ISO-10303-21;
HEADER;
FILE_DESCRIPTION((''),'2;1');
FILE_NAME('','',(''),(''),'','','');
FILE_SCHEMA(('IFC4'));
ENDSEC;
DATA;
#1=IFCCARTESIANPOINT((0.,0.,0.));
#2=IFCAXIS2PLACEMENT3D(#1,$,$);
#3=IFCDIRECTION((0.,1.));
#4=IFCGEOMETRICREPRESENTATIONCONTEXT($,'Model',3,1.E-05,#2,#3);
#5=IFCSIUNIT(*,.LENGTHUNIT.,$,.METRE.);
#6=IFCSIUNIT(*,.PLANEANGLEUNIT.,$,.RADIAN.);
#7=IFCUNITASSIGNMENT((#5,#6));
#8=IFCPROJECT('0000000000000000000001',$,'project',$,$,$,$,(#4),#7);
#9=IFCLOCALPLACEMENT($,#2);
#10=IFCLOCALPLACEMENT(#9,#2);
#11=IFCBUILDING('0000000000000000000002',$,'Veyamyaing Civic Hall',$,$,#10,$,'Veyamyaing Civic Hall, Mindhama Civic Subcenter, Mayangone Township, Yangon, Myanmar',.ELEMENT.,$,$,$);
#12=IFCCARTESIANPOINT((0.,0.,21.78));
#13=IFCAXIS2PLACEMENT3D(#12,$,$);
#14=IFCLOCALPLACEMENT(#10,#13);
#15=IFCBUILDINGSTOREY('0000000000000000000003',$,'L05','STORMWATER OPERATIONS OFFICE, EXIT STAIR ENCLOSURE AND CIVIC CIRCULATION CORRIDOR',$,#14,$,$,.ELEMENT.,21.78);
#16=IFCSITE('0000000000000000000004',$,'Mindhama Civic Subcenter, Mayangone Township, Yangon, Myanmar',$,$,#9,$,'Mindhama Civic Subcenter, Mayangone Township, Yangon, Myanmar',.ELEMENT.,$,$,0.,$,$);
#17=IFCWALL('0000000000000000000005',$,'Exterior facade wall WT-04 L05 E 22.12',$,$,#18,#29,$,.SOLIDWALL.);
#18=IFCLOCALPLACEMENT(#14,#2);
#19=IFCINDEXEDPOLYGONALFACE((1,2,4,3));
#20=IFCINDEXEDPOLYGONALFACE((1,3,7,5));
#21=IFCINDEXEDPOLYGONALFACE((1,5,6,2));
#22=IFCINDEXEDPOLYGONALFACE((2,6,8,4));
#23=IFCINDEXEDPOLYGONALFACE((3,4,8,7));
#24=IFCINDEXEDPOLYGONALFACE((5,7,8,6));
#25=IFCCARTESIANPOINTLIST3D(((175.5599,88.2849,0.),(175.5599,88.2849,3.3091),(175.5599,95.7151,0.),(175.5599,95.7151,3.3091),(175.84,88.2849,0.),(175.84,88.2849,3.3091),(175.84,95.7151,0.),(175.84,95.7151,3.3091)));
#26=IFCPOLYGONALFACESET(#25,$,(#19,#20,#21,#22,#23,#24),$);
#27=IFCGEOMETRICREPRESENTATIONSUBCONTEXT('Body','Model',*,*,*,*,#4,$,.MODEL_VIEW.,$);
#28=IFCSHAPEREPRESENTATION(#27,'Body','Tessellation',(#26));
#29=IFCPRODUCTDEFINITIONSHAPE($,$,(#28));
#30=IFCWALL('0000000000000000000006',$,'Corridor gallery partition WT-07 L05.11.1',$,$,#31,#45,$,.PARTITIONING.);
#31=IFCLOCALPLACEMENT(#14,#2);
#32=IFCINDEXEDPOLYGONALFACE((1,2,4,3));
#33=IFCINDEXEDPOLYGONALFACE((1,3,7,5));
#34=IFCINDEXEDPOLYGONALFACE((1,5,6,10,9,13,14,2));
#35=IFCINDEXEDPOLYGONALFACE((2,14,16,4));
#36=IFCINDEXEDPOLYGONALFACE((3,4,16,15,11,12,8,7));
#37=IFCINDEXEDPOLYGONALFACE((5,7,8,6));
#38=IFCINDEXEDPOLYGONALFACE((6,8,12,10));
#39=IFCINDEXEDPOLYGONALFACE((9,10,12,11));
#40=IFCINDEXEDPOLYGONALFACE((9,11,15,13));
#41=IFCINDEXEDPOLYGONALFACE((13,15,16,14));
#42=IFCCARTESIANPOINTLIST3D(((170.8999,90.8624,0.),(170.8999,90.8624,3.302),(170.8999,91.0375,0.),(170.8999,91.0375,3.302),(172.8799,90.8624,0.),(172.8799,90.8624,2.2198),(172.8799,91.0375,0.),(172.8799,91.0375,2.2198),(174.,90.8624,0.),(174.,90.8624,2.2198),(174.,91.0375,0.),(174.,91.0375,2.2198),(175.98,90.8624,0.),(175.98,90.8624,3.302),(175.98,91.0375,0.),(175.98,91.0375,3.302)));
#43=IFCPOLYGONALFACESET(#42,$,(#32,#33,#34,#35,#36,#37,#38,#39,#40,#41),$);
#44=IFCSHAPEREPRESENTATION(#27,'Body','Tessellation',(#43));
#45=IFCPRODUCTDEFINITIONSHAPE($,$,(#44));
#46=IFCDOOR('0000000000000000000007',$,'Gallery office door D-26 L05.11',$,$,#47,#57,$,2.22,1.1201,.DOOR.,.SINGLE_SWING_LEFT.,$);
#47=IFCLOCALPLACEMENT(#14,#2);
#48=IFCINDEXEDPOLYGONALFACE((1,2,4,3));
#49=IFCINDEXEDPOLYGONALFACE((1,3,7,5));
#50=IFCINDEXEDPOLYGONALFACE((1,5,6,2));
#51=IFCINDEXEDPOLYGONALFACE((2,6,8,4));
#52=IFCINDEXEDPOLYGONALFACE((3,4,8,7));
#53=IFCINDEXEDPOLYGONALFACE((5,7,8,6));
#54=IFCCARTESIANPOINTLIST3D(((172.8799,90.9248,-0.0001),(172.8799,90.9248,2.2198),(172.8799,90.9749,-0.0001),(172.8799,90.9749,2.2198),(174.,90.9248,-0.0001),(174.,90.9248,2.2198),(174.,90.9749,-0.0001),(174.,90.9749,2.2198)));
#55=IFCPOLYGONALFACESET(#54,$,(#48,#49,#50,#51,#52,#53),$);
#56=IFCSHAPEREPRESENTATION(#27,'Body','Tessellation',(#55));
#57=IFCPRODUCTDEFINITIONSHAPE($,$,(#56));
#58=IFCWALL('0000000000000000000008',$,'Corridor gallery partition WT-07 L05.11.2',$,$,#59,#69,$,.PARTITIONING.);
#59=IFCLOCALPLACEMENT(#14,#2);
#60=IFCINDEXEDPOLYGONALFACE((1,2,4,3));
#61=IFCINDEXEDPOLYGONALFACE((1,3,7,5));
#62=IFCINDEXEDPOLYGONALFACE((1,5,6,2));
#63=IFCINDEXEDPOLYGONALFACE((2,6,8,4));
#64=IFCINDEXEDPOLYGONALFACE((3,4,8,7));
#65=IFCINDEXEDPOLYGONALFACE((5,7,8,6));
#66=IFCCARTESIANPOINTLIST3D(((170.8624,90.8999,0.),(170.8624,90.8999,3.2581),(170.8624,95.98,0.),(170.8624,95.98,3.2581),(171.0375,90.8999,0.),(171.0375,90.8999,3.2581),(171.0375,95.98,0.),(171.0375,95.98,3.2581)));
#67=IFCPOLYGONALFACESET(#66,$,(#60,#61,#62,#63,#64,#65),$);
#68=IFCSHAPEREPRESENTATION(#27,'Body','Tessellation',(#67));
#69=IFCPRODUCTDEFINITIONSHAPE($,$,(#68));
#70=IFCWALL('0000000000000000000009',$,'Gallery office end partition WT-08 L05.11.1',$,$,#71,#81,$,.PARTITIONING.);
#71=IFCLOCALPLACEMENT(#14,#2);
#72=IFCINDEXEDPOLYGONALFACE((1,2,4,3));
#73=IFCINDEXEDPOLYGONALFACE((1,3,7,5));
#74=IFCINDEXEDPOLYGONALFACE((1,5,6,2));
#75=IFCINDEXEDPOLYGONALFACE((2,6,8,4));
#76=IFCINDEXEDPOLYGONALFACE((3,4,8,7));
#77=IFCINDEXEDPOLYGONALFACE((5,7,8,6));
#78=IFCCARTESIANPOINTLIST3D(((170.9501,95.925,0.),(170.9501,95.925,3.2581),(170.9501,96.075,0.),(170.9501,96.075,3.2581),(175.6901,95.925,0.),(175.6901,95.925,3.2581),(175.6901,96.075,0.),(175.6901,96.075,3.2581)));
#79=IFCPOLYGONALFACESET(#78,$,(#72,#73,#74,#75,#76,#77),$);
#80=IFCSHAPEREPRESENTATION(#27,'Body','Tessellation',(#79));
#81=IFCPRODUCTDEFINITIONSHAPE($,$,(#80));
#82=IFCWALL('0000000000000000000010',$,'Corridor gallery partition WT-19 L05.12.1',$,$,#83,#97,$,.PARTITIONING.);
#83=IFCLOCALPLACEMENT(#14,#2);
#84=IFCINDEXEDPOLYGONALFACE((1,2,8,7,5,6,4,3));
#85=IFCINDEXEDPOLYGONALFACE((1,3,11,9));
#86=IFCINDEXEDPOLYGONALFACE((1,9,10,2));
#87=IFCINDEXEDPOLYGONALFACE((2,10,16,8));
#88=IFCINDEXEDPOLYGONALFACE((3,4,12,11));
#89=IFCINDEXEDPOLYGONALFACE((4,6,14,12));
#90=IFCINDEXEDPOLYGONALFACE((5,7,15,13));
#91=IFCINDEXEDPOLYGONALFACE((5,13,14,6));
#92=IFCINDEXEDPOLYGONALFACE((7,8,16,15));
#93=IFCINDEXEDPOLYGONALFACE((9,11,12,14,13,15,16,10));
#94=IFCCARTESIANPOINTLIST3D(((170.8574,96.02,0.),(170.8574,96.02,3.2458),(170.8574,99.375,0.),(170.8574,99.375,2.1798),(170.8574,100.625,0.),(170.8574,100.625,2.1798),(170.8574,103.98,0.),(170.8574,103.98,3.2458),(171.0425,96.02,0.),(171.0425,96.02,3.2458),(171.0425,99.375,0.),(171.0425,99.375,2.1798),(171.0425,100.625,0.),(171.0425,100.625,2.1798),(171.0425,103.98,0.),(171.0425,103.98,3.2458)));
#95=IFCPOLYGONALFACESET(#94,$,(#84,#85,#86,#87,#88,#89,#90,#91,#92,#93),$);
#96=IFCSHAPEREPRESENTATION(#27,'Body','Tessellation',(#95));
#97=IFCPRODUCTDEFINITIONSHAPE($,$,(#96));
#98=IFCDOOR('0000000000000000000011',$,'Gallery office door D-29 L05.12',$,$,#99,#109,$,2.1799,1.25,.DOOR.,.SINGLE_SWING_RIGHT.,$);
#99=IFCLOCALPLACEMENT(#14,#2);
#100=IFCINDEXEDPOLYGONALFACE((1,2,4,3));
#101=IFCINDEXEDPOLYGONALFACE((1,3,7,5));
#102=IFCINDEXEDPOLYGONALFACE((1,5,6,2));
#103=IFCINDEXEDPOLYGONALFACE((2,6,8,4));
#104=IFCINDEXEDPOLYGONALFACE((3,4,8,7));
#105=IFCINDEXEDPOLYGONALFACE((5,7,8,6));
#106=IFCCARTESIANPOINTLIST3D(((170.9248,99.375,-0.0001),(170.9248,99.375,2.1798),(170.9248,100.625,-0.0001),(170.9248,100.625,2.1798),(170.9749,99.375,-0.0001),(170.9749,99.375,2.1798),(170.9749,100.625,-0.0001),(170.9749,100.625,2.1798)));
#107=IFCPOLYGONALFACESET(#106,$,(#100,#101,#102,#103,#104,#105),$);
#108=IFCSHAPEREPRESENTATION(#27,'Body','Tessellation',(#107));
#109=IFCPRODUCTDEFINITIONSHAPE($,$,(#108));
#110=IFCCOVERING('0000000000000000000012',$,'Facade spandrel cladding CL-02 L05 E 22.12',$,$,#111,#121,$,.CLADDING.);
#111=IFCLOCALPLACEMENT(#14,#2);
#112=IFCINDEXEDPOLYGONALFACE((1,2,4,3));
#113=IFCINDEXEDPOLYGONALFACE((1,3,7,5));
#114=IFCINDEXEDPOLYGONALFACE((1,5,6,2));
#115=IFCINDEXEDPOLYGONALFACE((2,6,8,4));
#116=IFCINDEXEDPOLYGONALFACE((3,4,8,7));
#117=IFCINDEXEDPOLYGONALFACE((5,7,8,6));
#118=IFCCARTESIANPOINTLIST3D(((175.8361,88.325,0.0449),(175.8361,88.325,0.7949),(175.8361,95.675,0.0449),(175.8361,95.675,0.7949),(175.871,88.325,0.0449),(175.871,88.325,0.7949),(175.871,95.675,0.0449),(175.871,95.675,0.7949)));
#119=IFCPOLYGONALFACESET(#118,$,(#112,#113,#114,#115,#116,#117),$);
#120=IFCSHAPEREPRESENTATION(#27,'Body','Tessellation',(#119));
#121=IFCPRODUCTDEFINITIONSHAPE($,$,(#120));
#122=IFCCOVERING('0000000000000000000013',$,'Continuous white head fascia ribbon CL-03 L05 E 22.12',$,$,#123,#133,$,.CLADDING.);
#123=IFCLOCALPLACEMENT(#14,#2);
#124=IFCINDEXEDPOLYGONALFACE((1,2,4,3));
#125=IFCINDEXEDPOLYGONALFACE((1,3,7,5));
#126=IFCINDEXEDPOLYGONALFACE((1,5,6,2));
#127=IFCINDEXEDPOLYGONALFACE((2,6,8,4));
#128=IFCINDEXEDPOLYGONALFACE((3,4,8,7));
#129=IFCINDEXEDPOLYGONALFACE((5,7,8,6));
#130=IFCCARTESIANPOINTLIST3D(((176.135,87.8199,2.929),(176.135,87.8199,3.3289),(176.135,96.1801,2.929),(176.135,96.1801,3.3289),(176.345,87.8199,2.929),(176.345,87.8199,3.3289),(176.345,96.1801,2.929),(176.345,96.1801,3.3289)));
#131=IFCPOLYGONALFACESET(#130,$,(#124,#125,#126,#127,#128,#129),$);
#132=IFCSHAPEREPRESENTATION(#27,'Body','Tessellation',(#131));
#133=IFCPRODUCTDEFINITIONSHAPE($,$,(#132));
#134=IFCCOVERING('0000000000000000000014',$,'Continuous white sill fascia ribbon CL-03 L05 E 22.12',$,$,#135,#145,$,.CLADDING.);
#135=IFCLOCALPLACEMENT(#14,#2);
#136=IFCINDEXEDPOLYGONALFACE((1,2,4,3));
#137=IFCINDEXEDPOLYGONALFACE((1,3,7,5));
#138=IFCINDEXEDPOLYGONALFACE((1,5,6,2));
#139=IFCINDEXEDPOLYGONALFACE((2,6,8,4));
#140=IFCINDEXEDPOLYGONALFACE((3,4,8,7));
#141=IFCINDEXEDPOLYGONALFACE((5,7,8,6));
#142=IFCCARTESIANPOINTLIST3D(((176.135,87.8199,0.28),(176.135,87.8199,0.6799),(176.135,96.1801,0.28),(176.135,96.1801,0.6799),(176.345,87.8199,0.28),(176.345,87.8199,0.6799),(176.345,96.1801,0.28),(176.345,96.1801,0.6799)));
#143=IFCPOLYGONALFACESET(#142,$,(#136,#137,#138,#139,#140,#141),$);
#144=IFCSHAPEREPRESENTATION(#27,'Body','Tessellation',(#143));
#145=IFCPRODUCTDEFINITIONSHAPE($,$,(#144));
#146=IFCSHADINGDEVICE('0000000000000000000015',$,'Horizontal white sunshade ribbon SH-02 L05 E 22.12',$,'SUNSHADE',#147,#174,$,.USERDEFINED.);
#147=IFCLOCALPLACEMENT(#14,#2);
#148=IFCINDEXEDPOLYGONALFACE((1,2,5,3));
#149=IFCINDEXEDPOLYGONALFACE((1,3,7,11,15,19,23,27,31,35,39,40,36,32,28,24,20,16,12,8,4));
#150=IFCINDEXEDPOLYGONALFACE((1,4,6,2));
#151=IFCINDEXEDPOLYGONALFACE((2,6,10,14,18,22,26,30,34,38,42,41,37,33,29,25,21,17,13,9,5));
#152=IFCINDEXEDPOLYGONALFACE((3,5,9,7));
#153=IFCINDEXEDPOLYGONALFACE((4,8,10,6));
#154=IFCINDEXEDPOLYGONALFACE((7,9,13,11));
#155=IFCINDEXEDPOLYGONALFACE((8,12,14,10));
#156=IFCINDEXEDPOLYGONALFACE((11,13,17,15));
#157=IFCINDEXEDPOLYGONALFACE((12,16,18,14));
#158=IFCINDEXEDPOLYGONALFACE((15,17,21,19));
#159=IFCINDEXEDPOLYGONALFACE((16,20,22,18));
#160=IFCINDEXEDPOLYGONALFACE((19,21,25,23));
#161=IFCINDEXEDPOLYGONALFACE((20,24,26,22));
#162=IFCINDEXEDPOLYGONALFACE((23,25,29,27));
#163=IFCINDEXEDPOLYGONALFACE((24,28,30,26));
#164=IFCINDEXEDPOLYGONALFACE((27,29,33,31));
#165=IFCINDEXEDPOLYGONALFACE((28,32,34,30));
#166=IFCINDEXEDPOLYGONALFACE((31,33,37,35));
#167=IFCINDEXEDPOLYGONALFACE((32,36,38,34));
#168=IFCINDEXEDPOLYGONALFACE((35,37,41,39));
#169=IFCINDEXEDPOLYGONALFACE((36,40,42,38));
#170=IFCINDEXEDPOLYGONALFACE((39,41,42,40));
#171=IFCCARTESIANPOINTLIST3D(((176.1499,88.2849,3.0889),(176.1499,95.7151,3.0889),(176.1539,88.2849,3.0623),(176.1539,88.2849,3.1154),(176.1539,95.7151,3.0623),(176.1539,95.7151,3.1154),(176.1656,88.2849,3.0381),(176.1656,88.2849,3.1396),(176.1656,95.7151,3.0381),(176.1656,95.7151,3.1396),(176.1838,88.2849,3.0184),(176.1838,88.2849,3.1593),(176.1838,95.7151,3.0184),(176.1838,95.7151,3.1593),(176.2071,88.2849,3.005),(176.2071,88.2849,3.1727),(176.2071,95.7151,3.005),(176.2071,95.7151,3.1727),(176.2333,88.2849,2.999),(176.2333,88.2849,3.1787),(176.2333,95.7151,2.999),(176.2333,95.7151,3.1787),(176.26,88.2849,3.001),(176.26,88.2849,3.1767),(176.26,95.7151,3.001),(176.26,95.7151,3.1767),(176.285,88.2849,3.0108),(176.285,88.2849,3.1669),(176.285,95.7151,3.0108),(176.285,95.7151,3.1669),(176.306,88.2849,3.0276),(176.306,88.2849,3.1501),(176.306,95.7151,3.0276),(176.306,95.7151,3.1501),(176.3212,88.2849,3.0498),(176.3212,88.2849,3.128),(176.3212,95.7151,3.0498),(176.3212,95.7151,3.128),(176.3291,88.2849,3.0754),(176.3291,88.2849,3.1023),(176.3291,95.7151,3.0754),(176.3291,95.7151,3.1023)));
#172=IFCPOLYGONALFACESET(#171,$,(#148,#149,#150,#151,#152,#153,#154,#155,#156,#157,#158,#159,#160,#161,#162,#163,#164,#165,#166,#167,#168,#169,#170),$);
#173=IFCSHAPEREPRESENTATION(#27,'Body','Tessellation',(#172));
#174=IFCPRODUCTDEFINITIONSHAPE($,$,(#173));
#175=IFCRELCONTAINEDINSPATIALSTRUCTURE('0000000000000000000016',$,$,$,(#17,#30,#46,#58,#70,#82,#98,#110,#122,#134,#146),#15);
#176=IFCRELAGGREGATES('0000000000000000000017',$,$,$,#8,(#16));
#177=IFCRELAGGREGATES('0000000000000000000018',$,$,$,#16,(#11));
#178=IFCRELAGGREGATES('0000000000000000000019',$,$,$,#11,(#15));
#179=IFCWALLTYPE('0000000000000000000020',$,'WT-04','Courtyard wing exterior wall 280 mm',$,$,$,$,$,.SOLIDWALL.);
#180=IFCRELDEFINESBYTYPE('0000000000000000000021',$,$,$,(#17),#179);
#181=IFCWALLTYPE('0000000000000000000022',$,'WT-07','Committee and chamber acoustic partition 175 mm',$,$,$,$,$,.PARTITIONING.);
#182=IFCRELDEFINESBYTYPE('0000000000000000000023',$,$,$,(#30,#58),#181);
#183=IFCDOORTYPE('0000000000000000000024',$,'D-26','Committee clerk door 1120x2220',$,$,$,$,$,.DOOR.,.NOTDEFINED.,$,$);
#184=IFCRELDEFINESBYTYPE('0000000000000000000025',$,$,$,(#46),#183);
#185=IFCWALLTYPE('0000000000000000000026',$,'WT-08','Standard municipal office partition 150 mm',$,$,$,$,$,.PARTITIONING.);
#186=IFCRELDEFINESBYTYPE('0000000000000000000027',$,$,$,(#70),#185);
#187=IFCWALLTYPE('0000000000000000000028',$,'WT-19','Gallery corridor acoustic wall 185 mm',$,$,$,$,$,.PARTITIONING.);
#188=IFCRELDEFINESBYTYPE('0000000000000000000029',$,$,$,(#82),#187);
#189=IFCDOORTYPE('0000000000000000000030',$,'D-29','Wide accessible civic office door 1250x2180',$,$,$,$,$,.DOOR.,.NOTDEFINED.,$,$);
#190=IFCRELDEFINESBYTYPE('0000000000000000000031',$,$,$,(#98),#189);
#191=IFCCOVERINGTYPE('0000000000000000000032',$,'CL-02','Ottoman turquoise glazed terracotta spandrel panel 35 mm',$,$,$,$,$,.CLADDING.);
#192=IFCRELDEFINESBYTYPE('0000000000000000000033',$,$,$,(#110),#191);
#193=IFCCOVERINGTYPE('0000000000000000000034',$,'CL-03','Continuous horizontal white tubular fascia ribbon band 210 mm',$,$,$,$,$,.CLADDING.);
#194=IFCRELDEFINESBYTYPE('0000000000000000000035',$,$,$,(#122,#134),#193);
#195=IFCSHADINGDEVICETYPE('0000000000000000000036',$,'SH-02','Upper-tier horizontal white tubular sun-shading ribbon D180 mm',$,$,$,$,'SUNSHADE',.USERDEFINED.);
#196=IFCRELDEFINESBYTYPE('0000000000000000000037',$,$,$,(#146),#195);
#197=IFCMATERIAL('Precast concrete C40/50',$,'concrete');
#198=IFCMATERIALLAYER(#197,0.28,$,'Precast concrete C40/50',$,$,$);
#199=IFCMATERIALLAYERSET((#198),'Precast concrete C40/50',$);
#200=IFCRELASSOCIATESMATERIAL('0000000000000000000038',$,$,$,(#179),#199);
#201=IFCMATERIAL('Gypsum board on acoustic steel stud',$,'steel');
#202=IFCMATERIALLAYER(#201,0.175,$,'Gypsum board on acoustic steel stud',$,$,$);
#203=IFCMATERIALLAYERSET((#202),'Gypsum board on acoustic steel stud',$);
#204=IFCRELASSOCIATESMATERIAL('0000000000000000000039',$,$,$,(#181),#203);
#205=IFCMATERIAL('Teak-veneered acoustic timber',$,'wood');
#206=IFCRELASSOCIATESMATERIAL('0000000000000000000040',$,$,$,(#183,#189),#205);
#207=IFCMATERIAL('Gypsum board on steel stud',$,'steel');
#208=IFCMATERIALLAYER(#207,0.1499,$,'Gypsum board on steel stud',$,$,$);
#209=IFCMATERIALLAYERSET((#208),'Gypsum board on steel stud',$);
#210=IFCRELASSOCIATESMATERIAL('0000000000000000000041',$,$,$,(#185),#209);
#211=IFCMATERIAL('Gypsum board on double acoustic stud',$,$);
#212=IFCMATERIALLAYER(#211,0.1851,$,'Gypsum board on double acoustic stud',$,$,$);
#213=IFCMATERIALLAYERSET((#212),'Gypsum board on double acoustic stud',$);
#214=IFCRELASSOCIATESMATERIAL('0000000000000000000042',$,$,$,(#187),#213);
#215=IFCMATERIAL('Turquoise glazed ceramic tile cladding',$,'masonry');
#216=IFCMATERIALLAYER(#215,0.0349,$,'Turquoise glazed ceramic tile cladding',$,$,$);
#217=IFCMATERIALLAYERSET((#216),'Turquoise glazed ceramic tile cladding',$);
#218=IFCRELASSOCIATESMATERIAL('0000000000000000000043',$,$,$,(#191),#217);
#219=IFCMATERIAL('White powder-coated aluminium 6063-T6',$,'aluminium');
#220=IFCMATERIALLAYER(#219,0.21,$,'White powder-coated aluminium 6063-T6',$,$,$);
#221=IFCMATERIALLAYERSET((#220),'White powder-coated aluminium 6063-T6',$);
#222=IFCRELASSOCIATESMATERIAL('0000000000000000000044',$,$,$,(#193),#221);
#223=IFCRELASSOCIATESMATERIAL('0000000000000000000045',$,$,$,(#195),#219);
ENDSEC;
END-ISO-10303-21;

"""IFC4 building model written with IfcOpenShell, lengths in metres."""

from ifc_helpers import new_model, si_unit, direction, frame, frame_2d, origin, origin_2d, place, context, subcontext, project, spatial, rectangle, circle, extrude, material, layer, layer_set, material_profile, profile_set, type_object, element, fill, save


model = new_model("IFC4")

# Units and contexts
model_context = context("Model", 3, precision=1e-05, world=origin(), true_north=direction((0.0, 1.0)))
body_context = subcontext(model_context, "Body", "Model", "MODEL_VIEW")
ifc_project = project(units=[si_unit("LENGTHUNIT", "METRE"), si_unit("PLANEANGLEUNIT", "RADIAN")], contexts=[model_context])

# Site, building, storey
site_placement = place(None, origin())
site = spatial("IfcSite", under=ifc_project, at=site_placement, Name="Mindhama Civic Subcenter, Mayangone Township, Yangon, Myanmar", LongName="Mindhama Civic Subcenter, Mayangone Township, Yangon, Myanmar", CompositionType="ELEMENT", RefElevation=0.0)
building_placement = place(site_placement, origin())
building = spatial("IfcBuilding", under=site, at=building_placement, Name="Veyamyaing Civic Hall", LongName="Veyamyaing Civic Hall, Mindhama Civic Subcenter, Mayangone Township, Yangon, Myanmar", CompositionType="ELEMENT")
storey_placement = place(building_placement, frame((0.0, 0.0, 21.78)))
storey = spatial("IfcBuildingStorey", under=building, at=storey_placement, Name="L05", Description="STORMWATER OPERATIONS OFFICE, EXIT STAIR ENCLOSURE AND CIVIC CIRCULATION CORRIDOR", CompositionType="ELEMENT", Elevation=21.78)

# Wall
ifc_material_1 = material(Name="Precast concrete C40/50", Category="concrete")
ifc_layer_1 = layer(ifc_material_1, 0.28, Name="Precast concrete C40/50")
ifc_layer_set_1 = layer_set([ifc_layer_1], Name="Precast concrete C40/50")
wall_type_1 = type_object("IfcWallType", Name="WT-04", Description="Courtyard wing exterior wall 280 mm", PredefinedType="SOLIDWALL", material=ifc_layer_set_1)
wall_1_placement = place(storey_placement, frame((175.7, 88.2849, 0.0), z_axis=(0.0, 0.0, 1.0), x_axis=(0.0, 1.0, 0.0)))
element("IfcWall", 1, at=wall_1_placement, inside=storey, type_object=wall_type_1, Name="Exterior facade wall WT-04 L05 E 22.12", PredefinedType="SOLIDWALL", context=body_context, shape_type="SweptSolid", body=[
    extrude(rectangle(XDim=7.4302, YDim=0.28, at=frame_2d((3.7151, 0.0))), origin(), (0.0, 0.0, 1.0), 3.3091),
])

# Wall, opening, door
ifc_material_2 = material(Name="Gypsum board on acoustic steel stud", Category="steel")
ifc_layer_2 = layer(ifc_material_2, 0.175, Name="Gypsum board on acoustic steel stud")
ifc_layer_set_2 = layer_set([ifc_layer_2], Name="Gypsum board on acoustic steel stud")
wall_type_2 = type_object("IfcWallType", Name="WT-07", Description="Committee and chamber acoustic partition 175 mm", PredefinedType="PARTITIONING", material=ifc_layer_set_2)
wall_2_placement = place(storey_placement, frame((170.8999, 90.95, 0.0), z_axis=(0.0, 0.0, 1.0), x_axis=(1.0, 0.0, 0.0)))
wall_2 = element("IfcWall", 2, at=wall_2_placement, inside=storey, type_object=wall_type_2, Name="Corridor gallery partition WT-07 L05.11.1", PredefinedType="PARTITIONING", context=body_context, shape_type="SweptSolid", body=[
    extrude(rectangle(XDim=5.0801, YDim=0.175, at=frame_2d((2.54, 0.0))), origin(), (0.0, 0.0, 1.0), 3.302),
])
opening_1_placement = place(wall_2_placement, frame((1.98, 0.0, 0.0)))
opening_1 = element("IfcOpeningElement", 3, at=opening_1_placement, cuts=wall_2, PredefinedType="OPENING", context=body_context, shape_type="SweptSolid", body=[
    extrude(rectangle(XDim=1.1201, YDim=2.22, at=frame_2d((0.5601, 1.1099))), frame((0.0, 0.0974, 0.0), z_axis=(0.0, -1.0, 0.0), x_axis=(1.0, 0.0, 0.0)), (0.0, 0.0, 1.0), 0.1951),
])
ifc_material_3 = material(Name="Teak-veneered acoustic timber", Category="wood")
door_type_1 = type_object("IfcDoorType", Name="D-26", Description="Committee clerk door 1120x2220", OperationType="NOTDEFINED", PredefinedType="DOOR", material=ifc_material_3)
door_1_placement = place(opening_1_placement, origin())
door_1 = element("IfcDoor", 4, at=door_1_placement, inside=storey, type_object=door_type_1, Name="Gallery office door D-26 L05.11", OperationType="SINGLE_SWING_LEFT", OverallHeight=2.22, OverallWidth=1.1201, PredefinedType="DOOR", context=body_context, shape_type="SweptSolid", body=[
    extrude(rectangle(XDim=1.1201, YDim=2.22, at=frame_2d((0.5601, 1.1099))), frame((0.0, 0.0249, 0.0), z_axis=(0.0, -1.0, 0.0), x_axis=(1.0, 0.0, 0.0)), (0.0, 0.0, 1.0), 0.05),
])
fill(opening_1, door_1)

# Walls
wall_3_placement = place(storey_placement, frame((170.95, 90.8999, 0.0), z_axis=(0.0, 0.0, 1.0), x_axis=(0.0, 1.0, 0.0)))
element("IfcWall", 5, at=wall_3_placement, inside=storey, type_object=wall_type_2, Name="Corridor gallery partition WT-07 L05.11.2", PredefinedType="PARTITIONING", context=body_context, shape_type="SweptSolid", body=[
    extrude(rectangle(XDim=5.0801, YDim=0.175, at=frame_2d((2.54, 0.0))), origin(), (0.0, 0.0, 1.0), 3.2581),
])
ifc_material_4 = material(Name="Gypsum board on steel stud", Category="steel")
ifc_layer_3 = layer(ifc_material_4, 0.1499, Name="Gypsum board on steel stud")
ifc_layer_set_3 = layer_set([ifc_layer_3], Name="Gypsum board on steel stud")
wall_type_3 = type_object("IfcWallType", Name="WT-08", Description="Standard municipal office partition 150 mm", PredefinedType="PARTITIONING", material=ifc_layer_set_3)
wall_4_placement = place(storey_placement, frame((170.95, 96.0, 0.0), z_axis=(0.0, 0.0, 1.0), x_axis=(1.0, 0.0, 0.0)))
element("IfcWall", 6, at=wall_4_placement, inside=storey, type_object=wall_type_3, Name="Gallery office end partition WT-08 L05.11.1", PredefinedType="PARTITIONING", context=body_context, shape_type="SweptSolid", body=[
    extrude(rectangle(XDim=4.74, YDim=0.1499, at=frame_2d((2.3701, 0.0))), origin(), (0.0, 0.0, 1.0), 3.2581),
])

# Wall, opening, door
ifc_material_5 = material(Name="Gypsum board on double acoustic stud")
ifc_layer_4 = layer(ifc_material_5, 0.1851, Name="Gypsum board on double acoustic stud")
ifc_layer_set_4 = layer_set([ifc_layer_4], Name="Gypsum board on double acoustic stud")
wall_type_4 = type_object("IfcWallType", Name="WT-19", Description="Gallery corridor acoustic wall 185 mm", PredefinedType="PARTITIONING", material=ifc_layer_set_4)
wall_5_placement = place(storey_placement, frame((170.95, 96.02, 0.0), z_axis=(0.0, 0.0, 1.0), x_axis=(0.0, 1.0, 0.0)))
wall_5 = element("IfcWall", 7, at=wall_5_placement, inside=storey, type_object=wall_type_4, Name="Corridor gallery partition WT-19 L05.12.1", PredefinedType="PARTITIONING", context=body_context, shape_type="SweptSolid", body=[
    extrude(rectangle(XDim=7.96, YDim=0.1851, at=frame_2d((3.98, 0.0))), origin(), (0.0, 0.0, 1.0), 3.2458),
])
opening_2_placement = place(wall_5_placement, frame((3.355, 0.0, 0.0)))
opening_2 = element("IfcOpeningElement", 8, at=opening_2_placement, cuts=wall_5, PredefinedType="OPENING", context=body_context, shape_type="SweptSolid", body=[
    extrude(rectangle(XDim=1.25, YDim=2.1799, at=frame_2d((0.625, 1.0898))), frame((0.0, 0.1025, 0.0), z_axis=(0.0, -1.0, 0.0), x_axis=(1.0, 0.0, 0.0)), (0.0, 0.0, 1.0), 0.2051),
])
door_type_2 = type_object("IfcDoorType", Name="D-29", Description="Wide accessible civic office door 1250x2180", OperationType="NOTDEFINED", PredefinedType="DOOR", material=ifc_material_3)
door_2_placement = place(opening_2_placement, frame((1.25, 0.0, 0.0), z_axis=(0.0, 0.0, 1.0), x_axis=(-1.0, 0.0, 0.0)))
door_2 = element("IfcDoor", 9, at=door_2_placement, inside=storey, type_object=door_type_2, Name="Gallery office door D-29 L05.12", OperationType="SINGLE_SWING_RIGHT", OverallHeight=2.1799, OverallWidth=1.25, PredefinedType="DOOR", context=body_context, shape_type="SweptSolid", body=[
    extrude(rectangle(XDim=1.25, YDim=2.1799, at=frame_2d((0.625, 1.0898))), frame((0.0, 0.0249, 0.0), z_axis=(0.0, -1.0, 0.0), x_axis=(1.0, 0.0, 0.0)), (0.0, 0.0, 1.0), 0.05),
])
fill(opening_2, door_2)

# Coverings
ifc_material_6 = material(Name="Turquoise glazed ceramic tile cladding", Category="masonry")
ifc_layer_5 = layer(ifc_material_6, 0.0349, Name="Turquoise glazed ceramic tile cladding")
ifc_layer_set_5 = layer_set([ifc_layer_5], Name="Turquoise glazed ceramic tile cladding")
covering_type_1 = type_object("IfcCoveringType", Name="CL-02", Description="Ottoman turquoise glazed terracotta spandrel panel 35 mm", PredefinedType="CLADDING", material=ifc_layer_set_5)
covering_placement = place(storey_placement, frame((175.8535, 92.0, 0.0449), z_axis=(0.0, 0.0, 1.0), x_axis=(0.0, 1.0, 0.0)))
element("IfcCovering", 10, at=covering_placement, inside=storey, type_object=covering_type_1, Name="Facade spandrel cladding CL-02 L05 E 22.12", PredefinedType="CLADDING", context=body_context, shape_type="SweptSolid", body=[
    extrude(rectangle(XDim=7.3501, YDim=0.0349, at=origin_2d()), origin(), (0.0, 0.0, 1.0), 0.75),
])
ifc_material_7 = material(Name="White powder-coated aluminium 6063-T6", Category="aluminium")
ifc_layer_6 = layer(ifc_material_7, 0.21, Name="White powder-coated aluminium 6063-T6")
ifc_layer_set_6 = layer_set([ifc_layer_6], Name="White powder-coated aluminium 6063-T6")
covering_type_2 = type_object("IfcCoveringType", Name="CL-03", Description="Continuous horizontal white tubular fascia ribbon band 210 mm", PredefinedType="CLADDING", material=ifc_layer_set_6)
for number, where, z_axis, x_axis, name in (
    (11, (176.24, 92.0, 2.929), (0.0, 0.0, 1.0), (0.0, 1.0, 0.0), "Continuous white head fascia ribbon CL-03 L05 E 22.12"),
    (12, (176.24, 92.0, 0.28), (0.0, 0.0, 1.0), (0.0, 1.0, 0.0), "Continuous white sill fascia ribbon CL-03 L05 E 22.12"),
):
    element("IfcCovering", number, at=place(storey_placement, frame(where, z_axis=z_axis, x_axis=x_axis)), inside=storey, type_object=covering_type_2, Name=name, PredefinedType="CLADDING", context=body_context, shape_type="SweptSolid", body=[
        extrude(rectangle(XDim=8.3601, YDim=0.21, at=origin_2d()), origin(), (0.0, 0.0, 1.0), 0.3999),
    ])

# Shading device
ifc_material_profile_1 = material_profile(ifc_material_7, circle(Radius=0.0901, at=origin_2d()), Name="SHADE-TUBE-180")
ifc_profile_set_1 = profile_set([ifc_material_profile_1], Name="White powder-coated aluminium 6063-T6")
shading_device_type = type_object("IfcShadingDeviceType", Name="SH-02", Description="Upper-tier horizontal white tubular sun-shading ribbon D180 mm", ElementType="SUNSHADE", PredefinedType="USERDEFINED", material=ifc_profile_set_1)
for number, where, z_axis, x_axis, name in (
    (13, (176.24, 88.2849, 3.0889), (0.0, 1.0, 0.0), (-1.0, 0.0, 0.0), "Horizontal white sunshade ribbon SH-02 L05 E 22.12"),
):
    element("IfcShadingDevice", number, at=place(storey_placement, frame(where, z_axis=z_axis, x_axis=x_axis)), inside=storey, type_object=shading_device_type, Name=name, ObjectType="SUNSHADE", PredefinedType="USERDEFINED", context=body_context, shape_type="SweptSolid", body=[
        extrude(circle(Radius=0.0901, at=origin_2d()), origin(), (0.0, 0.0, 1.0), 7.4302),
    ])

save(model, "model.ifc")
